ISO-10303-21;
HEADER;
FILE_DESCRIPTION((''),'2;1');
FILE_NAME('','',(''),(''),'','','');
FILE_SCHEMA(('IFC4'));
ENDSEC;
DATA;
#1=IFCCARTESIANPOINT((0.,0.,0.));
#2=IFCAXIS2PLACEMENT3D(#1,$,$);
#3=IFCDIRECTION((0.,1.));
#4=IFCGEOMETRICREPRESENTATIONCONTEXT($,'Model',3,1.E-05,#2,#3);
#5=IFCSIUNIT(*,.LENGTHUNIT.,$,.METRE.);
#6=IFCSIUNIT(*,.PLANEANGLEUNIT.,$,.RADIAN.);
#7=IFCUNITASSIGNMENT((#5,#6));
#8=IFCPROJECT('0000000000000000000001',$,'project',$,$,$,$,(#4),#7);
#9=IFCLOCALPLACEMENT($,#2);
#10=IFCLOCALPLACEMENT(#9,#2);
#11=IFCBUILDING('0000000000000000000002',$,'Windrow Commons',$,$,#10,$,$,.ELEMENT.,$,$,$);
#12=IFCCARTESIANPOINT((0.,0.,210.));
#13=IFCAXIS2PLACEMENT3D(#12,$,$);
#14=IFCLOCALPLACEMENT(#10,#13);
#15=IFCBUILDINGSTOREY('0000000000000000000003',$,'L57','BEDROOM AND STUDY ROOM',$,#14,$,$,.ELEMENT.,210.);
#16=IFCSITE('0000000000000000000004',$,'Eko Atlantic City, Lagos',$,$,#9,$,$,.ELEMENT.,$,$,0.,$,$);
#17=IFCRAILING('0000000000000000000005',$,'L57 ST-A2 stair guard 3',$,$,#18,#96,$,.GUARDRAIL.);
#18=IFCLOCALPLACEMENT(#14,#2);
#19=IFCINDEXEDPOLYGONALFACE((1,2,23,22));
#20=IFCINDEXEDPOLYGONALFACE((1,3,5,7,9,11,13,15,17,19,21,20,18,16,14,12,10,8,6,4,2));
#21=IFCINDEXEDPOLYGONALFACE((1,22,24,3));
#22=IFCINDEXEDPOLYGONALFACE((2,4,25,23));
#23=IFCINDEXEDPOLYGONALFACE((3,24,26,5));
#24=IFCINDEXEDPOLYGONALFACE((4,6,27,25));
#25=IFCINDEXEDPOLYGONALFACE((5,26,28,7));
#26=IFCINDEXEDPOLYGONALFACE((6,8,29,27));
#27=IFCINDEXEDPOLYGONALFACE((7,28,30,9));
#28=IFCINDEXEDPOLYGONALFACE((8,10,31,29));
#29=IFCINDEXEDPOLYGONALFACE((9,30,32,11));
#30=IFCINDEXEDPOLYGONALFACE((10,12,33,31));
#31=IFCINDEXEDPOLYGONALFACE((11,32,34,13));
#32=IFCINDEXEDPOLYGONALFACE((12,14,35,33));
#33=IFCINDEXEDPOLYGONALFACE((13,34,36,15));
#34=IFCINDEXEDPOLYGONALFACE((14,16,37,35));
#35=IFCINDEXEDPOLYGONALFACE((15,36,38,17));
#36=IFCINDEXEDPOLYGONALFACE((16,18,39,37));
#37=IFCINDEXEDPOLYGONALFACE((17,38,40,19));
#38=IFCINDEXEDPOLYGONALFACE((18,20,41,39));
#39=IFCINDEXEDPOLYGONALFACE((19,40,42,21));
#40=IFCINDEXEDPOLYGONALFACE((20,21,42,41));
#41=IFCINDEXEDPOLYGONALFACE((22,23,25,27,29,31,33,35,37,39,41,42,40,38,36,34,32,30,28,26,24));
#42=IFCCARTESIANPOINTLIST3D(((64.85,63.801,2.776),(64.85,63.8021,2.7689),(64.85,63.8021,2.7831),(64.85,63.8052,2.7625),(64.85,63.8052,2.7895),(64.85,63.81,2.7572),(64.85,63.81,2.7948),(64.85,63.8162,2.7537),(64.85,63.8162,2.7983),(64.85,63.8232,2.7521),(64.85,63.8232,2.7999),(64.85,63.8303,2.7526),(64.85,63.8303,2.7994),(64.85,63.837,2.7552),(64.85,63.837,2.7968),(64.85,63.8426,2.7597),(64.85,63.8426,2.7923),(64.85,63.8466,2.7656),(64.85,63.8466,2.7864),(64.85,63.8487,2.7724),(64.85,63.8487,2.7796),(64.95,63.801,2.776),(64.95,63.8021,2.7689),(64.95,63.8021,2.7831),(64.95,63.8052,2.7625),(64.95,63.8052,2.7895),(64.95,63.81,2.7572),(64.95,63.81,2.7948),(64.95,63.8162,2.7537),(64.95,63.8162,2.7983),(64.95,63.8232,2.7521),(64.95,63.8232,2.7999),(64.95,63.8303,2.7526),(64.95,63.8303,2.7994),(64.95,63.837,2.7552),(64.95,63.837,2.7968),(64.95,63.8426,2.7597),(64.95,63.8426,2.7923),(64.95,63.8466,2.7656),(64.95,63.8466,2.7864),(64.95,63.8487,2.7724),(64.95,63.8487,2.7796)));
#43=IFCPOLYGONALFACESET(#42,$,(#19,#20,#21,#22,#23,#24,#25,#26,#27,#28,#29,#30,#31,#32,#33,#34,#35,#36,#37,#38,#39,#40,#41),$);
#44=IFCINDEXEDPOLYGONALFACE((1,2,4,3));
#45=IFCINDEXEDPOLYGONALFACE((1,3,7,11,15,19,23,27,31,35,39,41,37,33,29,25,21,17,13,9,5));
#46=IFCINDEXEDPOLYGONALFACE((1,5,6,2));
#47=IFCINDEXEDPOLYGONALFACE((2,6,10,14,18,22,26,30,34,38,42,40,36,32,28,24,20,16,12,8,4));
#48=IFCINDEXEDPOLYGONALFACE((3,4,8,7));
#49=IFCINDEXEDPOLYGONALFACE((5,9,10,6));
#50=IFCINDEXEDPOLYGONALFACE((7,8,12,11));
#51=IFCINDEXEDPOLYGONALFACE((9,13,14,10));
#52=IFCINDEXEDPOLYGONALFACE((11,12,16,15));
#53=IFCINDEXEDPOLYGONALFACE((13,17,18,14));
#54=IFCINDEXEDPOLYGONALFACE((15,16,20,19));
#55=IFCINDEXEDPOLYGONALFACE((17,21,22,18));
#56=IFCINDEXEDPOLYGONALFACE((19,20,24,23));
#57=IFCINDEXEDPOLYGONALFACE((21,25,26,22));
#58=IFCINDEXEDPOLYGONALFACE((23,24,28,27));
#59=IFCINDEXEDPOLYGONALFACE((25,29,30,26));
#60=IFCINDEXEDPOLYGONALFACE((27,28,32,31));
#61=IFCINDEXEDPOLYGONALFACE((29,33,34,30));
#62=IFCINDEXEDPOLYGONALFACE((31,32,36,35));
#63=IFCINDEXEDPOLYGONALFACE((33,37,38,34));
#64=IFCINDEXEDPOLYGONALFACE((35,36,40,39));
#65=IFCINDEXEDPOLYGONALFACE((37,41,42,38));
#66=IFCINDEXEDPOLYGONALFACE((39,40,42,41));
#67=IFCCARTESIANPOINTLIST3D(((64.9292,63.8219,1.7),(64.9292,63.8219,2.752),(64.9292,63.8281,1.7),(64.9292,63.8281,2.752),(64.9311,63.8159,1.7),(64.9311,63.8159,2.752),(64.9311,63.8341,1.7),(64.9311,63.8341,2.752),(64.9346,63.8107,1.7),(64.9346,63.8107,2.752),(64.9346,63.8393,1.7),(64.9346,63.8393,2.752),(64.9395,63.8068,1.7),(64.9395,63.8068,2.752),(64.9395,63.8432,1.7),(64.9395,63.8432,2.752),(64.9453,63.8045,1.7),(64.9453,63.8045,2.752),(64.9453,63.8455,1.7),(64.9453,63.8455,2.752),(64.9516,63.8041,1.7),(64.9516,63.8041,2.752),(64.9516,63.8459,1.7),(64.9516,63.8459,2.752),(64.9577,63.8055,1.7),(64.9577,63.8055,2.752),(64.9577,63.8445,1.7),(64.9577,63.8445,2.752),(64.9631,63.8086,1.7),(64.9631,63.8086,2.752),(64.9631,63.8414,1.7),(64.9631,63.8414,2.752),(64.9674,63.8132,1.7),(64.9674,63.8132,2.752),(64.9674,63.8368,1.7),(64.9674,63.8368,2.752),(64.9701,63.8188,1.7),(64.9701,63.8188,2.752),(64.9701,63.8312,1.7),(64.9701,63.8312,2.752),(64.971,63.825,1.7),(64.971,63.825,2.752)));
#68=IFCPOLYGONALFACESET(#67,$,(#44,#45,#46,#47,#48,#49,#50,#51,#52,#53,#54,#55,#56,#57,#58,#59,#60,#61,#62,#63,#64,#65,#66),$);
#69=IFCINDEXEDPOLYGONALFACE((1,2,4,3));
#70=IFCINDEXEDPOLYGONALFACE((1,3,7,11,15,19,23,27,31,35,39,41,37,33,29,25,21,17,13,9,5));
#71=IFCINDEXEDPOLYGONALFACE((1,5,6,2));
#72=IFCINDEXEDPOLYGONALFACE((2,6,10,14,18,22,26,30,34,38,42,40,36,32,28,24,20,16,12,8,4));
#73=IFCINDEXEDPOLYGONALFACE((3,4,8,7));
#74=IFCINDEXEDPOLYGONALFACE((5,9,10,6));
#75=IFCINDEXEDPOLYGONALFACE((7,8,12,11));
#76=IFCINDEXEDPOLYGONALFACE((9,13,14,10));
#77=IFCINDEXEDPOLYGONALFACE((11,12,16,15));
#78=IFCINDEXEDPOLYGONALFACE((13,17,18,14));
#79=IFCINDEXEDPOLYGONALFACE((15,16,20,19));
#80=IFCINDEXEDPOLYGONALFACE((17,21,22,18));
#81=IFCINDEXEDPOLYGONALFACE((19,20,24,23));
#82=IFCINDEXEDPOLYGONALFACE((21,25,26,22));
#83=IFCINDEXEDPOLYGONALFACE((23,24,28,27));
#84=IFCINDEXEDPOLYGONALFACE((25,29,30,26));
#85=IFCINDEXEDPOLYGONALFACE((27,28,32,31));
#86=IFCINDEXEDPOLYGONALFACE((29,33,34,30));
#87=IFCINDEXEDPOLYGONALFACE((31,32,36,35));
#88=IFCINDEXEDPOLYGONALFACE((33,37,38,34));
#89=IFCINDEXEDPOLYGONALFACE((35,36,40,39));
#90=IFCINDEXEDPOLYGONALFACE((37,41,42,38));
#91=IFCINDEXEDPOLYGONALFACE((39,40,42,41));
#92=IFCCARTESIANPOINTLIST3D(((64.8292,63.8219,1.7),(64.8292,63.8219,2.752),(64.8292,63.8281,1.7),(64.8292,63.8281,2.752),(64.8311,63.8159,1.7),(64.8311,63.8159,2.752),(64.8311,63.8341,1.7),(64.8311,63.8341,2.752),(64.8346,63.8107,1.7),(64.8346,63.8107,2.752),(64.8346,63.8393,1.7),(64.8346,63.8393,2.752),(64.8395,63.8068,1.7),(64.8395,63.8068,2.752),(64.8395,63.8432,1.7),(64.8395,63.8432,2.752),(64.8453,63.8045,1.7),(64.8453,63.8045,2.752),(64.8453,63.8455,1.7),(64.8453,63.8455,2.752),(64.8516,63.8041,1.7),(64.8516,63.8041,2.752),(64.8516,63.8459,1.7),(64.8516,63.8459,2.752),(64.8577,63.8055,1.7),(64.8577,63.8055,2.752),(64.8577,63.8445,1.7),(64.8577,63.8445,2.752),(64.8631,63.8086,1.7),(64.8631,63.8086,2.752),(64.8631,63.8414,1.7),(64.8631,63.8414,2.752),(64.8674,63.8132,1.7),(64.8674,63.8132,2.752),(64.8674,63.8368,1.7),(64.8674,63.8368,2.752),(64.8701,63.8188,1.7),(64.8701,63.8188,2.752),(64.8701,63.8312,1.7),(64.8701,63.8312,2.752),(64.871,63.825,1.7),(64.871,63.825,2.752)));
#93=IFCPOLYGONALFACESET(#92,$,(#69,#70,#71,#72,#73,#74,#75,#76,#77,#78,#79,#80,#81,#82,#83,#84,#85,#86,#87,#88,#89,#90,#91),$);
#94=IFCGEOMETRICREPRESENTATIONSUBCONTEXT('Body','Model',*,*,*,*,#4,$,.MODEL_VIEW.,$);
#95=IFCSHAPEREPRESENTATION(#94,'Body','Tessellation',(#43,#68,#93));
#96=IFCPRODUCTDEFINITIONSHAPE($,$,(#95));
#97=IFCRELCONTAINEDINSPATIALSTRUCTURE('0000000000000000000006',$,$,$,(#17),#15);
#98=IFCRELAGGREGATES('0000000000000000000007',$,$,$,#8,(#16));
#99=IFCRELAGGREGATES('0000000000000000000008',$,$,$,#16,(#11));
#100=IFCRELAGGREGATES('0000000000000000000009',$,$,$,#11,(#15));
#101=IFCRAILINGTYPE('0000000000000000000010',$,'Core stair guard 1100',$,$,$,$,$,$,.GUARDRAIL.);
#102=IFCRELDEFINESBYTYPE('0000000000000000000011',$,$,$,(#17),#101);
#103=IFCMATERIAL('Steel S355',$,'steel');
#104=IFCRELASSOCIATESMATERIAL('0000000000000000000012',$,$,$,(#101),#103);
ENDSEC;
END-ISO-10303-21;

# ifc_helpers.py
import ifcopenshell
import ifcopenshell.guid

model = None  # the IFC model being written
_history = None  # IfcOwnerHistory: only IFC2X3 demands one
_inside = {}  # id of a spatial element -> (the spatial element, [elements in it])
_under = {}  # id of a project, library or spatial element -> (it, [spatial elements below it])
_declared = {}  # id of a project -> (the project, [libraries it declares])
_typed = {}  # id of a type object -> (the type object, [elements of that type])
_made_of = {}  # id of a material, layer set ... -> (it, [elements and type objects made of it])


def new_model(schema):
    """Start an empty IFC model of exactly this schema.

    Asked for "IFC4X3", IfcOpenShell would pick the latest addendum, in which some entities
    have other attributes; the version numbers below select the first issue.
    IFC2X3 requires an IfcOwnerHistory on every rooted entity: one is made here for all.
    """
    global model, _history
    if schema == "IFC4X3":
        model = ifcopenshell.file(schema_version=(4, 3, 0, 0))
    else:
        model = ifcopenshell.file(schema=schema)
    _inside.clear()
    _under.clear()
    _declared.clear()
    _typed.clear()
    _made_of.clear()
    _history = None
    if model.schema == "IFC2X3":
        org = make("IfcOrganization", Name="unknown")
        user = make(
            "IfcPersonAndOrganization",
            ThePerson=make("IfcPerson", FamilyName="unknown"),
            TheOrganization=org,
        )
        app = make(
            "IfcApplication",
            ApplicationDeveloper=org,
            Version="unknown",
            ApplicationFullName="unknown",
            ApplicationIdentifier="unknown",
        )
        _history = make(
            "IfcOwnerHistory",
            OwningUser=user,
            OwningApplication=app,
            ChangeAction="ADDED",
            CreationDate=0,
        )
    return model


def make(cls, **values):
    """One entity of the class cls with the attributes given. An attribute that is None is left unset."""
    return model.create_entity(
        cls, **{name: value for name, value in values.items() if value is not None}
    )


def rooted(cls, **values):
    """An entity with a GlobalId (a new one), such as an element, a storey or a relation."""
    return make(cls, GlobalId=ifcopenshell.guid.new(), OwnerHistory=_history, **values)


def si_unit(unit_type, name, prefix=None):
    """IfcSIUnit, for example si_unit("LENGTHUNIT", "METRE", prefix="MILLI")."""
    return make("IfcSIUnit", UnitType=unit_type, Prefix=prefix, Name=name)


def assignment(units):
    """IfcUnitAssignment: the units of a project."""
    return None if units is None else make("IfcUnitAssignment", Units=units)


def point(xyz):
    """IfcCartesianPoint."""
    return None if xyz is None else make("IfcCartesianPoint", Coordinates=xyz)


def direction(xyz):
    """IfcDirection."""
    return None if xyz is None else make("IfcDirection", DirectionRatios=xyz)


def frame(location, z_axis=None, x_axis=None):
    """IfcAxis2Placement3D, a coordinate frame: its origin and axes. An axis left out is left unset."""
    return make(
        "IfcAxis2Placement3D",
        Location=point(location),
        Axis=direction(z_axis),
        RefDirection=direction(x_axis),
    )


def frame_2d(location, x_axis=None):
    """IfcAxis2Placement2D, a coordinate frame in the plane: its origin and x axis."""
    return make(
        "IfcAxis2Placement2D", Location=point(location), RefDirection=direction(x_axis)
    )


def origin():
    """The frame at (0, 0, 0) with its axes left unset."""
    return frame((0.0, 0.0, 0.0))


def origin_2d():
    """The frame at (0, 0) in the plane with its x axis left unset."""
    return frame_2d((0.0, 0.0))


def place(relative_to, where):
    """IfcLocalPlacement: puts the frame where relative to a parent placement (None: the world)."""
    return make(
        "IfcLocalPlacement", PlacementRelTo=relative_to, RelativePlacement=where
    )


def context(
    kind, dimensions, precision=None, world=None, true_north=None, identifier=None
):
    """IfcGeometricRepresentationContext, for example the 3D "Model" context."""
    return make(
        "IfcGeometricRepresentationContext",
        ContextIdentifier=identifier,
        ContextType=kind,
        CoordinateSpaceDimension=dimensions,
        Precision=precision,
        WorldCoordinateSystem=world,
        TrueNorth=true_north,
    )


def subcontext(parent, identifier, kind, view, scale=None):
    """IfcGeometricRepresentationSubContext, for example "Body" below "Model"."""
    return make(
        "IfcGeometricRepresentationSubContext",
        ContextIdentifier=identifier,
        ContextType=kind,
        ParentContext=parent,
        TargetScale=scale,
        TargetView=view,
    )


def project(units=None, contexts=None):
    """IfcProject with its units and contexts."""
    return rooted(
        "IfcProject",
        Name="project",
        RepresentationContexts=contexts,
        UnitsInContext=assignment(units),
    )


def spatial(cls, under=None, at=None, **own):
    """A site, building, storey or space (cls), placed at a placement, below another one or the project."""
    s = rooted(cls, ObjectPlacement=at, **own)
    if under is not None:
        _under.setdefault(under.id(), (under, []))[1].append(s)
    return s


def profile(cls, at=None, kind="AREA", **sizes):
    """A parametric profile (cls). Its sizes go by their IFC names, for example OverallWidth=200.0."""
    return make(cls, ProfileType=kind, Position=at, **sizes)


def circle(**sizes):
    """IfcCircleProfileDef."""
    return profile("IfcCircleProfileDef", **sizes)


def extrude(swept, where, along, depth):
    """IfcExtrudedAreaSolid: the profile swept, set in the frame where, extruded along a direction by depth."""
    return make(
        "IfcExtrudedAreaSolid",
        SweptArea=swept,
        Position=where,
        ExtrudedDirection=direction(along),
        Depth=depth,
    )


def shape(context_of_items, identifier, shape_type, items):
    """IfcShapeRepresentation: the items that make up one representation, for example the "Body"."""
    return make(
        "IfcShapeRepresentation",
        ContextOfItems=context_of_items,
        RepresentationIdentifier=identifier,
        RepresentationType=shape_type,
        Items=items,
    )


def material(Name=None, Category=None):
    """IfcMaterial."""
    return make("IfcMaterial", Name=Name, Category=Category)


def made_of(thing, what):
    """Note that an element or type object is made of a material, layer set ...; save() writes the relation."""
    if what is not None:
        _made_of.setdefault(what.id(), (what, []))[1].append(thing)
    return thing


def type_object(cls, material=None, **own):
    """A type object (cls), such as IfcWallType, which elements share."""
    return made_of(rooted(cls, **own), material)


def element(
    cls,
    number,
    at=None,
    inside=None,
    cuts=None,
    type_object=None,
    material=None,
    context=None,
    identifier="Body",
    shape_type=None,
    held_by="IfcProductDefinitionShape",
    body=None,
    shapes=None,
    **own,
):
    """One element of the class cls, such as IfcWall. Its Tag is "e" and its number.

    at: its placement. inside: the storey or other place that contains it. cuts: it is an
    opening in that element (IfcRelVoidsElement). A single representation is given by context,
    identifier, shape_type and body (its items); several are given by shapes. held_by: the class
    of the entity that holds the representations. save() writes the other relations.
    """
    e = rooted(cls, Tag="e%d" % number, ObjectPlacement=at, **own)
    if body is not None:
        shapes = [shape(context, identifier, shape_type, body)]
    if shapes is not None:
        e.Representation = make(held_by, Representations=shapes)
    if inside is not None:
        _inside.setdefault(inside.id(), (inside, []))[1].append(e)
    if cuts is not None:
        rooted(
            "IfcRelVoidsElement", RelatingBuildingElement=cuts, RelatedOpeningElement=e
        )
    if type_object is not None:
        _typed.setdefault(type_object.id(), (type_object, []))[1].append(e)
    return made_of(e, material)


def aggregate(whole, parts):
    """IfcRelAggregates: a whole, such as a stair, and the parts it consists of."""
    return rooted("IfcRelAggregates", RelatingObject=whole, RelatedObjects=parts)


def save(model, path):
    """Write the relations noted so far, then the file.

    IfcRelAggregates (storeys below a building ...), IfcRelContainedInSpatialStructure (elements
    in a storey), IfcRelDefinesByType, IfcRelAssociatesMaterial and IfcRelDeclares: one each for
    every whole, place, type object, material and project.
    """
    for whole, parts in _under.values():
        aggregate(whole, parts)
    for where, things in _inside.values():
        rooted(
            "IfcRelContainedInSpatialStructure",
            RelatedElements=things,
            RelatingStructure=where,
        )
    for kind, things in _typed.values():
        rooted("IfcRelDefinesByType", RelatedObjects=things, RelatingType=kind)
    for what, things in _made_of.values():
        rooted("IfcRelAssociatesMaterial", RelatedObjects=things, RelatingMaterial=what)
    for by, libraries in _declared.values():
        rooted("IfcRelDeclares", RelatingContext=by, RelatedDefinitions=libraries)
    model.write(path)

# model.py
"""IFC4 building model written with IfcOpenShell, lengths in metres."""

from ifc_helpers import new_model, si_unit, direction, frame, origin, origin_2d, place, context, subcontext, project, spatial, circle, extrude, material, type_object, element, save


model = new_model("IFC4")

# Units and contexts
model_context = context("Model", 3, precision=1e-05, world=origin(), true_north=direction((0.0, 1.0)))
body_context = subcontext(model_context, "Body", "Model", "MODEL_VIEW")
ifc_project = project(units=[si_unit("LENGTHUNIT", "METRE"), si_unit("PLANEANGLEUNIT", "RADIAN")], contexts=[model_context])

# Site, building, storey
site_placement = place(None, origin())
site = spatial("IfcSite", under=ifc_project, at=site_placement, Name="Eko Atlantic City, Lagos", CompositionType="ELEMENT", RefElevation=0.0)
building_placement = place(site_placement, origin())
building = spatial("IfcBuilding", under=site, at=building_placement, Name="Windrow Commons", CompositionType="ELEMENT")
storey_placement = place(building_placement, frame((0.0, 0.0, 210.0)))
storey = spatial("IfcBuildingStorey", under=building, at=storey_placement, Name="L57", Description="BEDROOM AND STUDY ROOM", CompositionType="ELEMENT", Elevation=210.0)

# Railing
ifc_material_1 = material(Name="Steel S355", Category="steel")
railing_type_1 = type_object("IfcRailingType", Name="Core stair guard 1100", PredefinedType="GUARDRAIL", material=ifc_material_1)
railing_1_placement = place(storey_placement, frame((64.95, 63.825, 1.7)))
element("IfcRailing", 1, at=railing_1_placement, inside=storey, type_object=railing_type_1, Name="L57 ST-A2 stair guard 3", PredefinedType="GUARDRAIL", context=body_context, shape_type="SweptSolid", body=[
    extrude(circle(Radius=0.024, at=origin_2d()), frame((0.0, 0.0, 1.076), z_axis=(-1.0, 0.0, 0.0), x_axis=(0.0, -1.0, 0.0)), (0.0, 0.0, 1.0), 0.1),
    extrude(circle(Radius=0.021, at=origin_2d()), origin(), (0.0, 0.0, 1.0), 1.052),
    extrude(circle(Radius=0.021, at=origin_2d()), frame((-0.1, 0.0, 0.0)), (0.0, 0.0, 1.0), 1.052),
])

save(model, "model.ifc")
